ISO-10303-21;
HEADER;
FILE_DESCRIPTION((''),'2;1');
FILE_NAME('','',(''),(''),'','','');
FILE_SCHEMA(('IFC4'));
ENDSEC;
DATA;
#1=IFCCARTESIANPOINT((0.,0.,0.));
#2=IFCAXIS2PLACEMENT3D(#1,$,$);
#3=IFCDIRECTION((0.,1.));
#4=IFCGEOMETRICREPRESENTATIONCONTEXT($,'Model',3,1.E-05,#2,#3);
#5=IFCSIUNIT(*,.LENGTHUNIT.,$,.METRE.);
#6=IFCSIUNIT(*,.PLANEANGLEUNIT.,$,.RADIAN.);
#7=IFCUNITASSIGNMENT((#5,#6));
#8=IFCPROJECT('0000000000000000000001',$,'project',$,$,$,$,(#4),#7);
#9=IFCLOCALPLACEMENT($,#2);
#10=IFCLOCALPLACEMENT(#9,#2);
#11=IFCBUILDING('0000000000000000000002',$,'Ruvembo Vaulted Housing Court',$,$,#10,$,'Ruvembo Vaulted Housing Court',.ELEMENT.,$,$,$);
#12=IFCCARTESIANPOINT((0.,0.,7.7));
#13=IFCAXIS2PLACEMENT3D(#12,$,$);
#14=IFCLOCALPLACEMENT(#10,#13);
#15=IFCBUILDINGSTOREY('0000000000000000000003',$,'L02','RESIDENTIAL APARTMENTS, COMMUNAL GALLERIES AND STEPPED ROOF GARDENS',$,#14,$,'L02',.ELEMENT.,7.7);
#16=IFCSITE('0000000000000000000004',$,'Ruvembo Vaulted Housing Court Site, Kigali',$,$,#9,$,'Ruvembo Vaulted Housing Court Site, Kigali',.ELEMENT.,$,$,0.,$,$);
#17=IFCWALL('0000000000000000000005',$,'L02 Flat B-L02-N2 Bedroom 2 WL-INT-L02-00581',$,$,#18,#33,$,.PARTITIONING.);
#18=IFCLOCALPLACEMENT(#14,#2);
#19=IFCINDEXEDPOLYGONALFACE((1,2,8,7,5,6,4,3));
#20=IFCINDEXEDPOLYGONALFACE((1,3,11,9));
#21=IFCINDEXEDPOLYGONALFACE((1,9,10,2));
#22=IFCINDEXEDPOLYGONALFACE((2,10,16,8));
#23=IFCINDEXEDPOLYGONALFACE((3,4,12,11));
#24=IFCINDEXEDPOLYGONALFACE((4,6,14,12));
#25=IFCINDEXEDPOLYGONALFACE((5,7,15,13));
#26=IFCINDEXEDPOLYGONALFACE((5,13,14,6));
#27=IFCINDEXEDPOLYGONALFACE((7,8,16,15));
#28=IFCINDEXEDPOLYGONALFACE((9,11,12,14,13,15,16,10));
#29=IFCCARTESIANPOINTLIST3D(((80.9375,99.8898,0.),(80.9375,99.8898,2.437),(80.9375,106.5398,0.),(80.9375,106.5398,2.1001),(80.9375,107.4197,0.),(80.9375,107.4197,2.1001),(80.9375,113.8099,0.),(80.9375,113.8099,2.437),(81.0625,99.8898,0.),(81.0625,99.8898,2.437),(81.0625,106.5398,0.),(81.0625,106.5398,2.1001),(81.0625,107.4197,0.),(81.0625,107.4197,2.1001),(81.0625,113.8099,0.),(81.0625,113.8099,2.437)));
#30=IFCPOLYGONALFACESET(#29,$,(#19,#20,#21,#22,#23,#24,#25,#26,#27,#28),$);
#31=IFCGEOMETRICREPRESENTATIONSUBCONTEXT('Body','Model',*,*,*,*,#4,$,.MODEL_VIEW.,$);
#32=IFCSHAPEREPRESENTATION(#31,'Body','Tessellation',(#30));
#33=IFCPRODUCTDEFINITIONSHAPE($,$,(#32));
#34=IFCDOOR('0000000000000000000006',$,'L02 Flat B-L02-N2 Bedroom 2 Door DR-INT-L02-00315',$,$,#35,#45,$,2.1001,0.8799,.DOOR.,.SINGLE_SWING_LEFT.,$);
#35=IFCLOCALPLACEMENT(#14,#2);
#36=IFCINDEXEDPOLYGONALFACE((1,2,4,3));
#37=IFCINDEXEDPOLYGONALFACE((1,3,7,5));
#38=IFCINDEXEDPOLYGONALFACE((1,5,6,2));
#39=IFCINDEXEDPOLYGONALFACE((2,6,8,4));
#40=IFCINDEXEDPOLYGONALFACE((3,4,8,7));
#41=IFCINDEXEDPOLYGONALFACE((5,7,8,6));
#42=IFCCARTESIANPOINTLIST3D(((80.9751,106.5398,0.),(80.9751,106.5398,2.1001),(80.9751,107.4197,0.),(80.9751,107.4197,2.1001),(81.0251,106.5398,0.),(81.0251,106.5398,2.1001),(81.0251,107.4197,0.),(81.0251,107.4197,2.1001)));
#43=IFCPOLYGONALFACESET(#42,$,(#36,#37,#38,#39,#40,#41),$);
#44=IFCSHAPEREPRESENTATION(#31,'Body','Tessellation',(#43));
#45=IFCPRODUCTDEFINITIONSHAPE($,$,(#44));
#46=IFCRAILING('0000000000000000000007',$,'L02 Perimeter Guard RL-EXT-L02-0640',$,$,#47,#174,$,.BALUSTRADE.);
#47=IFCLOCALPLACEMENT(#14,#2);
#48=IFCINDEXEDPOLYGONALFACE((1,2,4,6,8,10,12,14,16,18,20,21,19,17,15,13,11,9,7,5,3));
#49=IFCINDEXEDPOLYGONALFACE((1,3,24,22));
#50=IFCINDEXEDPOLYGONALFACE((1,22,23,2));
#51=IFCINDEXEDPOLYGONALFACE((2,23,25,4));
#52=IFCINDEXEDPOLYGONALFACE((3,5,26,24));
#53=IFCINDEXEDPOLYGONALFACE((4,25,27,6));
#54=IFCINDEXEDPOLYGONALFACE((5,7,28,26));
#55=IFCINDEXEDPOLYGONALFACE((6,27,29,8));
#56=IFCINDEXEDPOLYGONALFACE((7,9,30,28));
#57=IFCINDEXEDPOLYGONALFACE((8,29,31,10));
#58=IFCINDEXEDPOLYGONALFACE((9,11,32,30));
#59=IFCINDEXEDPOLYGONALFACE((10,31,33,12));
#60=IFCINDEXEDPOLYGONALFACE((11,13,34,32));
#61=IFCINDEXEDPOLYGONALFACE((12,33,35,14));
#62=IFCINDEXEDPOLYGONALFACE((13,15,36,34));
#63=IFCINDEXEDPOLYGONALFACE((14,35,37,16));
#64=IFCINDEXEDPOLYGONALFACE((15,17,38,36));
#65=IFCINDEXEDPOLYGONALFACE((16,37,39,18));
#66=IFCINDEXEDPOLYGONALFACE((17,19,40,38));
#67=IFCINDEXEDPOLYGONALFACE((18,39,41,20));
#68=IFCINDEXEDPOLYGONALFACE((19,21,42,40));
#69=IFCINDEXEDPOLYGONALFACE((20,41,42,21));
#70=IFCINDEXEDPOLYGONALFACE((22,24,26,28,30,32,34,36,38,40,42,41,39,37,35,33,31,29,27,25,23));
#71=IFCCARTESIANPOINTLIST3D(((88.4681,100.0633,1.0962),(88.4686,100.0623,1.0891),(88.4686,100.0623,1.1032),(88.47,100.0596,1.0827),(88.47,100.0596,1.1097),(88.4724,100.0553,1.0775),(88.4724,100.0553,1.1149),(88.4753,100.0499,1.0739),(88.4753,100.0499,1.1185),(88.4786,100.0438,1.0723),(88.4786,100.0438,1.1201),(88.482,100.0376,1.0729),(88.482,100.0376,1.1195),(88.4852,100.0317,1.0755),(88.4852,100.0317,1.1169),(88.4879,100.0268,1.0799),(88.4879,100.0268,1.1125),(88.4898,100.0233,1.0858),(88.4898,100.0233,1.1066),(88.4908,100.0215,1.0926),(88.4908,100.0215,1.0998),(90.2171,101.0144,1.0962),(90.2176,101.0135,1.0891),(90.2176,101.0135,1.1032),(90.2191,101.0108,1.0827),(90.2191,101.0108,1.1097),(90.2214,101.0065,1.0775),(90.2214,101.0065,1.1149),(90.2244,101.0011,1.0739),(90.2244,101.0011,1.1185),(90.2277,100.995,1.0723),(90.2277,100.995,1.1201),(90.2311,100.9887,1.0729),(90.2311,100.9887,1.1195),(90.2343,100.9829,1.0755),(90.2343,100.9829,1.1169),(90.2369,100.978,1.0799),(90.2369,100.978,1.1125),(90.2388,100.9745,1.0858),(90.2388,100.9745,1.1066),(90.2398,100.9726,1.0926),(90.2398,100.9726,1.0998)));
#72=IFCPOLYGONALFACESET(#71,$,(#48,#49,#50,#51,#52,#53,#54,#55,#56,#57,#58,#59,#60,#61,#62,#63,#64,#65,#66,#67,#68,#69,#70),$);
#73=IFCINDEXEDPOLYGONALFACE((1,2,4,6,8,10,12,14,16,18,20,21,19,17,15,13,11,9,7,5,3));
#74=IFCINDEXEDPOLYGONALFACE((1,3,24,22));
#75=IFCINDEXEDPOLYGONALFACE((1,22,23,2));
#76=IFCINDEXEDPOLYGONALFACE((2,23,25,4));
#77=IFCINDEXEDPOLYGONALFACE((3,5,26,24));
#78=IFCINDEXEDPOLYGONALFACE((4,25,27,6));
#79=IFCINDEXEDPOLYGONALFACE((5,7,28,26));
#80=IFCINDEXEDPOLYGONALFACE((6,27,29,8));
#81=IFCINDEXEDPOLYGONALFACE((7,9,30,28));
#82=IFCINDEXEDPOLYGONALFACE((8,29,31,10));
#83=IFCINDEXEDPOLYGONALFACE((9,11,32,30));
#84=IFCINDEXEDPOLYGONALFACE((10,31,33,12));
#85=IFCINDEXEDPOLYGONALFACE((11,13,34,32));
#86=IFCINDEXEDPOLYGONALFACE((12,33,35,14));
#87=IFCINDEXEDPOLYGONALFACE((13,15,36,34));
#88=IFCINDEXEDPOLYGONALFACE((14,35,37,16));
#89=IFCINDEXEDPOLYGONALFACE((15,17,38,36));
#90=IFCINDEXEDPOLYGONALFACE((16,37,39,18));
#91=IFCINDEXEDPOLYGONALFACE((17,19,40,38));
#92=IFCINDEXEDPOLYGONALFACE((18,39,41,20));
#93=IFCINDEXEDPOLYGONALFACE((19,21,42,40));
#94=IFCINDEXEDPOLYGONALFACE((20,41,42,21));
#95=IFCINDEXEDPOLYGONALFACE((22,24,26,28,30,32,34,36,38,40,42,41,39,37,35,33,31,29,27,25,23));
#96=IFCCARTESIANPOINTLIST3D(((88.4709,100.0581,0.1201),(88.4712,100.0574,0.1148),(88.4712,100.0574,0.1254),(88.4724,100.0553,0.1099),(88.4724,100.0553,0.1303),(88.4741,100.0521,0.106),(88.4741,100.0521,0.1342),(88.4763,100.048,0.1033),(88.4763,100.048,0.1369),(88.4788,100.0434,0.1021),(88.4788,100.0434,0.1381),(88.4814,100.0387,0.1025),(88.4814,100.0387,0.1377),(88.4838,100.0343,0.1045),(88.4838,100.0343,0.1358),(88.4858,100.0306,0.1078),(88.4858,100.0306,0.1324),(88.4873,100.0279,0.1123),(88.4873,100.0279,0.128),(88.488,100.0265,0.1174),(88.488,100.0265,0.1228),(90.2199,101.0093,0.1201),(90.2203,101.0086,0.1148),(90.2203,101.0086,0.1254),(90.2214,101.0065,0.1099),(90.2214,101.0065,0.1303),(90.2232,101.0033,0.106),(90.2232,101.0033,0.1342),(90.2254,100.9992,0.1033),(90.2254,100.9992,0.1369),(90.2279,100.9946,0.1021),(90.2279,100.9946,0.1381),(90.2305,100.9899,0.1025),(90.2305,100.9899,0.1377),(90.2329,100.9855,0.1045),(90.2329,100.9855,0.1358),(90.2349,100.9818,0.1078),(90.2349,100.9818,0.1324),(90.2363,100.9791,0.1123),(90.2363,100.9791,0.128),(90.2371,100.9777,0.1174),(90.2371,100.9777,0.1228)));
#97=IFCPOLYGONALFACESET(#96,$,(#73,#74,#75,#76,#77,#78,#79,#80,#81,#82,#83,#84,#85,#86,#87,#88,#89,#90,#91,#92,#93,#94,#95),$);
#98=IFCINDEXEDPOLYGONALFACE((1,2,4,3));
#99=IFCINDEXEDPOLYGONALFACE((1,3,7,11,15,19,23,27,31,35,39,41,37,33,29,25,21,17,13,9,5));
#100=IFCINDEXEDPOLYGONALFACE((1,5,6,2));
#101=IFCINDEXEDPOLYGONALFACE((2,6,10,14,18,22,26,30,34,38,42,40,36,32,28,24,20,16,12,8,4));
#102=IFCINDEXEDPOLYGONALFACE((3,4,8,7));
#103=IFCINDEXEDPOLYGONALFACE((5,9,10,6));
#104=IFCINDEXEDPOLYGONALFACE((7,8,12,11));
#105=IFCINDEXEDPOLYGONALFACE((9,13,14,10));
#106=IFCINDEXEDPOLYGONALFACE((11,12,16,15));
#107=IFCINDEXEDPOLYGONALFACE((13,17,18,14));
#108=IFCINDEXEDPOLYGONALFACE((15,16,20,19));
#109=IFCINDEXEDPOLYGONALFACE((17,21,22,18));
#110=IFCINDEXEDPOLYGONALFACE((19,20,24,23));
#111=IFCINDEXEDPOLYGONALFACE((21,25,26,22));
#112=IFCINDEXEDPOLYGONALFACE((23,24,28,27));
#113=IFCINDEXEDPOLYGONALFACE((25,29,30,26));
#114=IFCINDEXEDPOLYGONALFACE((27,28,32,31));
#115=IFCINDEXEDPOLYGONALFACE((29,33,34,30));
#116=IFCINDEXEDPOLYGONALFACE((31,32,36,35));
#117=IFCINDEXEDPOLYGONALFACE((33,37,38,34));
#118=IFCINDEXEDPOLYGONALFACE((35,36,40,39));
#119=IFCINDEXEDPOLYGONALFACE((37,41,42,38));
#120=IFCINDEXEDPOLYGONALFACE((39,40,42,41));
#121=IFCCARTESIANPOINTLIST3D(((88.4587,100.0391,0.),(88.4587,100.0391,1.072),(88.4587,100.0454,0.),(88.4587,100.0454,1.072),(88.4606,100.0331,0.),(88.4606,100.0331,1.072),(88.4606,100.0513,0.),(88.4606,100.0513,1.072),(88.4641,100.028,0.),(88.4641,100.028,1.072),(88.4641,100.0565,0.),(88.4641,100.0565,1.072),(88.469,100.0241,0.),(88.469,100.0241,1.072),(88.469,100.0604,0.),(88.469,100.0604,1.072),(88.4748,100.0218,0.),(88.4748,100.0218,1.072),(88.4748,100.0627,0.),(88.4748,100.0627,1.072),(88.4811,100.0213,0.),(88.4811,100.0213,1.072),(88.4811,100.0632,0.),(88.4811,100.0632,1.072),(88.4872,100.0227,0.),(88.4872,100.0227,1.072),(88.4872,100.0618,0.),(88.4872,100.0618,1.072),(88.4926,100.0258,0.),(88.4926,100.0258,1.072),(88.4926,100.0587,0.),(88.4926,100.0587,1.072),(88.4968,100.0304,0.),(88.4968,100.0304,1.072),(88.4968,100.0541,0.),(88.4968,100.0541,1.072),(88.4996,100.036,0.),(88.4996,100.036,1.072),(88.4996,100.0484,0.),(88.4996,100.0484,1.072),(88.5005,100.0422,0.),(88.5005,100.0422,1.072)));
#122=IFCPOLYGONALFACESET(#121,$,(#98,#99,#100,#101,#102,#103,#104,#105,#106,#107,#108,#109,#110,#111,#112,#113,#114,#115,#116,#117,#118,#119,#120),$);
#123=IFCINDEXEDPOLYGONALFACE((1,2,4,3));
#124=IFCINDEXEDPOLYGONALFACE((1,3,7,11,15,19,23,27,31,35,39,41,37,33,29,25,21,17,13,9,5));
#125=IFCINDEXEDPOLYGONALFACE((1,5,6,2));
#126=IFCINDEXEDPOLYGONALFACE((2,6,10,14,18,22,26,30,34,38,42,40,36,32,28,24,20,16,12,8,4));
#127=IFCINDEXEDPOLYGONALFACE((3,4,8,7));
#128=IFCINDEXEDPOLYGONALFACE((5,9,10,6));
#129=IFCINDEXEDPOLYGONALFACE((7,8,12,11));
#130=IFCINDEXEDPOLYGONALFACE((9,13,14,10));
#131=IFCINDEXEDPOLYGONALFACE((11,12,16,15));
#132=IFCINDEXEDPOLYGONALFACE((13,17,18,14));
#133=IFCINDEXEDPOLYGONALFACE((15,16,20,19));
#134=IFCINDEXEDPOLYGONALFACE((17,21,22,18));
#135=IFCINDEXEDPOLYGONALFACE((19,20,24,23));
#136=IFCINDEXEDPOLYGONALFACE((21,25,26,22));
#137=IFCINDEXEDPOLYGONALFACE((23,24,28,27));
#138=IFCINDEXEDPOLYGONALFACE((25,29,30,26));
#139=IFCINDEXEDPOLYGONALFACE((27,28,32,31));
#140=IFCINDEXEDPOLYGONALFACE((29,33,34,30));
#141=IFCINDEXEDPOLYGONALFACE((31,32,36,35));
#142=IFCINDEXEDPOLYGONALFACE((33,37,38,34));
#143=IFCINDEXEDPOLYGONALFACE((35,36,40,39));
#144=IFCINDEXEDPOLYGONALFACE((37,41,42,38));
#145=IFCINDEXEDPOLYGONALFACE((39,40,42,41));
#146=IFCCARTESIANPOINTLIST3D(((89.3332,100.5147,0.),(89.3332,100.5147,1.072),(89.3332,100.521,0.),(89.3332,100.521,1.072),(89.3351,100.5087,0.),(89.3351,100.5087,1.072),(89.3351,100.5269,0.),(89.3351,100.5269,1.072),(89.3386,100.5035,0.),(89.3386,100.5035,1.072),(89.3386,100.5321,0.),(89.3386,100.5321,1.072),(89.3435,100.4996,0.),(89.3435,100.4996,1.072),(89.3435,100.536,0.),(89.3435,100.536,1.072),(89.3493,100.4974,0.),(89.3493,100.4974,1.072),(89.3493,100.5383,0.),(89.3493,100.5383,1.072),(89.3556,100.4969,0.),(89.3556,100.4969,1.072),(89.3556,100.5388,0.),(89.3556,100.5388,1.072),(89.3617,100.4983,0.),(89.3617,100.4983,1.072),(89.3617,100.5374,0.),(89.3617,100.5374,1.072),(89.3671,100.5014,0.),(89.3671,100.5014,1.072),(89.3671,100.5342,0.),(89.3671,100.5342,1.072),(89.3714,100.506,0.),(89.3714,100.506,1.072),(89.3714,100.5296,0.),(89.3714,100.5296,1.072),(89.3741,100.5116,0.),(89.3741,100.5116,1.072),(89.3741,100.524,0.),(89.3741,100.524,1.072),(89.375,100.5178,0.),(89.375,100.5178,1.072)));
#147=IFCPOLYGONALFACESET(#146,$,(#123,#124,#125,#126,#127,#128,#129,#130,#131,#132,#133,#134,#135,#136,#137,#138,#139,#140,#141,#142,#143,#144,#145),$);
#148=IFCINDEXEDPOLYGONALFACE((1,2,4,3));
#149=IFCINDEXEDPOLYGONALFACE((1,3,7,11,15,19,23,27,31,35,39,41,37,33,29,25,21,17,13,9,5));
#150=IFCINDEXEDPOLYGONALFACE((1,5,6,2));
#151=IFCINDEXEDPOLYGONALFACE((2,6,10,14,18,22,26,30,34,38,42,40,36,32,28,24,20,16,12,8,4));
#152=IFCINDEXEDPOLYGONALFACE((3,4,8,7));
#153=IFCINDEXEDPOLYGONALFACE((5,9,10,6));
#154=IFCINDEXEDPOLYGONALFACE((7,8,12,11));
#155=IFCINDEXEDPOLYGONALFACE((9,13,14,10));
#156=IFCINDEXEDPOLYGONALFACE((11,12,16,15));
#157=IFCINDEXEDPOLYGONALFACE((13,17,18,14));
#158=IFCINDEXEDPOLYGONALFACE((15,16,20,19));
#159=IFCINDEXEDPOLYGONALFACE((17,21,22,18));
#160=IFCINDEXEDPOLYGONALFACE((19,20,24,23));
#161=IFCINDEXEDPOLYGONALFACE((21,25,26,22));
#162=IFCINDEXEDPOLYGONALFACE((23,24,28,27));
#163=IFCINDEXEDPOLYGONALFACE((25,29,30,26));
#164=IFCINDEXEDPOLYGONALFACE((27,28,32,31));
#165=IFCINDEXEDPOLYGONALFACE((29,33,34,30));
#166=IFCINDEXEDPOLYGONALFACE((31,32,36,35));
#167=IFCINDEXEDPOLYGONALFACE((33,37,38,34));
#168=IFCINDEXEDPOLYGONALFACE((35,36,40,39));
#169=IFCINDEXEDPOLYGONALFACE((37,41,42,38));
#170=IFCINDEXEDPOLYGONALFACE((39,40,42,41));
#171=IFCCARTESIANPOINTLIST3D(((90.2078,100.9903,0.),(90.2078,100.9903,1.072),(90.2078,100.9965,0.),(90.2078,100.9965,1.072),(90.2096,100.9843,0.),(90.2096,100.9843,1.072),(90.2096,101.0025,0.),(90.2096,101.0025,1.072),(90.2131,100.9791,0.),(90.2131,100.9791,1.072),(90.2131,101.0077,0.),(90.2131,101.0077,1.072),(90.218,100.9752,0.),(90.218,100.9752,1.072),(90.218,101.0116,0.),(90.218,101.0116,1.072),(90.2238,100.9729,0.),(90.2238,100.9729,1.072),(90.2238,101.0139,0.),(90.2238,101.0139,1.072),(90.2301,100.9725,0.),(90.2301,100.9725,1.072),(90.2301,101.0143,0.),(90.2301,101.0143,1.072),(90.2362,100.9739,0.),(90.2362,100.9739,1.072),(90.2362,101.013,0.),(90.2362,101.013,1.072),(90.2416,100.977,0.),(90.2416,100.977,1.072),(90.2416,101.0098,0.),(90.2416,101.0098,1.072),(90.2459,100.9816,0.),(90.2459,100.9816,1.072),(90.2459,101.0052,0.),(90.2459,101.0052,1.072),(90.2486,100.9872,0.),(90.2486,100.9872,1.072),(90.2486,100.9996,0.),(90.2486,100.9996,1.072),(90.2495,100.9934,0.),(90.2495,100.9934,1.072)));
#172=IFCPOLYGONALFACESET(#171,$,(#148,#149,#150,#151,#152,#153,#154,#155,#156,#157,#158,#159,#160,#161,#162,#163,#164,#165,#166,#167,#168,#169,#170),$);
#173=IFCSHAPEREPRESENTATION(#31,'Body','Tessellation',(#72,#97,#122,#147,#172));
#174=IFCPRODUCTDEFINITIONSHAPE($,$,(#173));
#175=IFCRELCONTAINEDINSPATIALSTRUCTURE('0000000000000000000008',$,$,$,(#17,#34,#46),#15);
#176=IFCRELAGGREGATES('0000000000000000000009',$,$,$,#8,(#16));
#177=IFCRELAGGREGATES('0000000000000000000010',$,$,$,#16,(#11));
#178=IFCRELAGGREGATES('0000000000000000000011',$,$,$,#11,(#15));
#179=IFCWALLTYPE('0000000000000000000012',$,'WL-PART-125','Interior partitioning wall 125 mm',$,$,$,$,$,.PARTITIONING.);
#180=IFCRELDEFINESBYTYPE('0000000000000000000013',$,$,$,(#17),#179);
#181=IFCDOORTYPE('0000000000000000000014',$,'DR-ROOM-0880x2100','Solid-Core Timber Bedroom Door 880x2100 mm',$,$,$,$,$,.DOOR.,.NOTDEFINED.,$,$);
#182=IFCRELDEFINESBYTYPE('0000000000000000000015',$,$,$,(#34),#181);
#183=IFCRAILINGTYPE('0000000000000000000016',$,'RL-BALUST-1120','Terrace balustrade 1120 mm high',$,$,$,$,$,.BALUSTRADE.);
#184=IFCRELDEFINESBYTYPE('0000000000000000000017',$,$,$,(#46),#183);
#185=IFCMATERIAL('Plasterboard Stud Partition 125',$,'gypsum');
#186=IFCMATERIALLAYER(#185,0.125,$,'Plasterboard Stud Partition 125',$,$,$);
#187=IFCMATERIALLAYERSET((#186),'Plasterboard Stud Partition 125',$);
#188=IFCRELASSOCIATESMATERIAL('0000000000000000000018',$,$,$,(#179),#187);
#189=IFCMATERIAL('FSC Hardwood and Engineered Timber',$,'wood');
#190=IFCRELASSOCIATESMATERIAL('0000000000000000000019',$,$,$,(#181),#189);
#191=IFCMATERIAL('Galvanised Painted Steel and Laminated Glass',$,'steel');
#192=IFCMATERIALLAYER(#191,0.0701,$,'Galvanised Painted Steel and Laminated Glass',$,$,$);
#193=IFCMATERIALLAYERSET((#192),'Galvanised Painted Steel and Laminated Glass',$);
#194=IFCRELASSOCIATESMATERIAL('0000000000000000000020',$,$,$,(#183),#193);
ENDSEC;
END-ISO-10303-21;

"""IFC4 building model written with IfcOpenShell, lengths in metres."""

from ifc_helpers import new_model, si_unit, direction, frame, frame_2d, origin, origin_2d, place, context, subcontext, project, spatial, rectangle, circle, extrude, material, layer, layer_set, type_object, element, fill, save


model = new_model("IFC4")

# Units and contexts
model_context = context("Model", 3, precision=1e-05, world=origin(), true_north=direction((0.0, 1.0)))
body_context = subcontext(model_context, "Body", "Model", "MODEL_VIEW")
ifc_project = project(units=[si_unit("LENGTHUNIT", "METRE"), si_unit("PLANEANGLEUNIT", "RADIAN")], contexts=[model_context])

# Site, building, storey
site_placement = place(None, origin())
site = spatial("IfcSite", under=ifc_project, at=site_placement, Name="Ruvembo Vaulted Housing Court Site, Kigali", LongName="Ruvembo Vaulted Housing Court Site, Kigali", CompositionType="ELEMENT", RefElevation=0.0)
building_placement = place(site_placement, origin())
building = spatial("IfcBuilding", under=site, at=building_placement, Name="Ruvembo Vaulted Housing Court", LongName="Ruvembo Vaulted Housing Court", CompositionType="ELEMENT")
storey_placement = place(building_placement, frame((0.0, 0.0, 7.7)))
storey = spatial("IfcBuildingStorey", under=building, at=storey_placement, Name="L02", Description="RESIDENTIAL APARTMENTS, COMMUNAL GALLERIES AND STEPPED ROOF GARDENS", LongName="L02", CompositionType="ELEMENT", Elevation=7.7)

# Wall, opening, door
ifc_material_1 = material(Name="Plasterboard Stud Partition 125", Category="gypsum")
ifc_layer_1 = layer(ifc_material_1, 0.125, Name="Plasterboard Stud Partition 125")
ifc_layer_set_1 = layer_set([ifc_layer_1], Name="Plasterboard Stud Partition 125")
wall_type_1 = type_object("IfcWallType", Name="WL-PART-125", Description="Interior partitioning wall 125 mm", PredefinedType="PARTITIONING", material=ifc_layer_set_1)
wall_1_placement = place(storey_placement, frame((81.0, 99.8899, 0.0), z_axis=(0.0, 0.0, 1.0), x_axis=(0.0, 1.0, 0.0)))
wall_1 = element("IfcWall", 1, at=wall_1_placement, inside=storey, type_object=wall_type_1, Name="L02 Flat B-L02-N2 Bedroom 2 WL-INT-L02-00581", PredefinedType="PARTITIONING", context=body_context, shape_type="SweptSolid", body=[
    extrude(rectangle(XDim=13.9202, YDim=0.125, at=frame_2d((6.96, 0.0))), origin(), (0.0, 0.0, 1.0), 2.437),
])
opening_1_placement = place(wall_1_placement, frame((6.6499, 0.0, 0.0)))
opening_1 = element("IfcOpeningElement", 2, at=opening_1_placement, cuts=wall_1, PredefinedType="OPENING", context=body_context, shape_type="SweptSolid", body=[
    extrude(rectangle(XDim=0.8799, YDim=2.1001, at=frame_2d((0.4399, 1.05))), frame((0.0, 0.0725, 0.0), z_axis=(0.0, -1.0, 0.0), x_axis=(1.0, 0.0, 0.0)), (0.0, 0.0, 1.0), 0.145),
])
ifc_material_2 = material(Name="FSC Hardwood and Engineered Timber", Category="wood")
door_type = type_object("IfcDoorType", Name="DR-ROOM-0880x2100", Description="Solid-Core Timber Bedroom Door 880x2100 mm", OperationType="NOTDEFINED", PredefinedType="DOOR", material=ifc_material_2)
door_placement = place(opening_1_placement, origin())
door = element("IfcDoor", 3, at=door_placement, inside=storey, type_object=door_type, Name="L02 Flat B-L02-N2 Bedroom 2 Door DR-INT-L02-00315", OperationType="SINGLE_SWING_LEFT", OverallHeight=2.1001, OverallWidth=0.8799, PredefinedType="DOOR", context=body_context, shape_type="SweptSolid", body=[
    extrude(rectangle(XDim=0.8799, YDim=2.1001, at=frame_2d((0.4399, 1.05))), frame((0.0, 0.0249, 0.0), z_axis=(0.0, -1.0, 0.0), x_axis=(1.0, 0.0, 0.0)), (0.0, 0.0, 1.0), 0.05),
])
fill(opening_1, door)

# Railing
ifc_material_3 = material(Name="Galvanised Painted Steel and Laminated Glass", Category="steel")
ifc_layer_2 = layer(ifc_material_3, 0.0701, Name="Galvanised Painted Steel and Laminated Glass")
ifc_layer_set_2 = layer_set([ifc_layer_2], Name="Galvanised Painted Steel and Laminated Glass")
railing_type = type_object("IfcRailingType", Name="RL-BALUST-1120", Description="Terrace balustrade 1120 mm high", PredefinedType="BALUSTRADE", material=ifc_layer_set_2)
railing_1_placement = place(storey_placement, frame((88.4795, 100.0422, 0.0)))
element("IfcRailing", 4, at=railing_1_placement, inside=storey, type_object=railing_type, Name="L02 Perimeter Guard RL-EXT-L02-0640", PredefinedType="BALUSTRADE", context=body_context, shape_type="SweptSolid", body=[
    extrude(circle(Radius=0.0239, at=origin_2d()), frame((0.0, 0.0, 1.0962), z_axis=(0.878495, 0.477752, 0.0), x_axis=(-0.477752, 0.878495, 0.0)), (0.0, 0.0, 1.0), 1.991),
    extrude(circle(Radius=0.0181, at=origin_2d()), frame((0.0, 0.0, 0.1201), z_axis=(0.878495, 0.477752, 0.0), x_axis=(-0.477752, 0.878495, 0.0)), (0.0, 0.0, 1.0), 1.991),
    extrude(circle(Radius=0.021, at=origin_2d()), origin(), (0.0, 0.0, 1.0), 1.072),
    extrude(circle(Radius=0.021, at=origin_2d()), frame((0.8745, 0.4756, 0.0)), (0.0, 0.0, 1.0), 1.072),
    extrude(circle(Radius=0.021, at=origin_2d()), frame((1.749, 0.9512, 0.0)), (0.0, 0.0, 1.0), 1.072),
])

save(model, "model.ifc")
